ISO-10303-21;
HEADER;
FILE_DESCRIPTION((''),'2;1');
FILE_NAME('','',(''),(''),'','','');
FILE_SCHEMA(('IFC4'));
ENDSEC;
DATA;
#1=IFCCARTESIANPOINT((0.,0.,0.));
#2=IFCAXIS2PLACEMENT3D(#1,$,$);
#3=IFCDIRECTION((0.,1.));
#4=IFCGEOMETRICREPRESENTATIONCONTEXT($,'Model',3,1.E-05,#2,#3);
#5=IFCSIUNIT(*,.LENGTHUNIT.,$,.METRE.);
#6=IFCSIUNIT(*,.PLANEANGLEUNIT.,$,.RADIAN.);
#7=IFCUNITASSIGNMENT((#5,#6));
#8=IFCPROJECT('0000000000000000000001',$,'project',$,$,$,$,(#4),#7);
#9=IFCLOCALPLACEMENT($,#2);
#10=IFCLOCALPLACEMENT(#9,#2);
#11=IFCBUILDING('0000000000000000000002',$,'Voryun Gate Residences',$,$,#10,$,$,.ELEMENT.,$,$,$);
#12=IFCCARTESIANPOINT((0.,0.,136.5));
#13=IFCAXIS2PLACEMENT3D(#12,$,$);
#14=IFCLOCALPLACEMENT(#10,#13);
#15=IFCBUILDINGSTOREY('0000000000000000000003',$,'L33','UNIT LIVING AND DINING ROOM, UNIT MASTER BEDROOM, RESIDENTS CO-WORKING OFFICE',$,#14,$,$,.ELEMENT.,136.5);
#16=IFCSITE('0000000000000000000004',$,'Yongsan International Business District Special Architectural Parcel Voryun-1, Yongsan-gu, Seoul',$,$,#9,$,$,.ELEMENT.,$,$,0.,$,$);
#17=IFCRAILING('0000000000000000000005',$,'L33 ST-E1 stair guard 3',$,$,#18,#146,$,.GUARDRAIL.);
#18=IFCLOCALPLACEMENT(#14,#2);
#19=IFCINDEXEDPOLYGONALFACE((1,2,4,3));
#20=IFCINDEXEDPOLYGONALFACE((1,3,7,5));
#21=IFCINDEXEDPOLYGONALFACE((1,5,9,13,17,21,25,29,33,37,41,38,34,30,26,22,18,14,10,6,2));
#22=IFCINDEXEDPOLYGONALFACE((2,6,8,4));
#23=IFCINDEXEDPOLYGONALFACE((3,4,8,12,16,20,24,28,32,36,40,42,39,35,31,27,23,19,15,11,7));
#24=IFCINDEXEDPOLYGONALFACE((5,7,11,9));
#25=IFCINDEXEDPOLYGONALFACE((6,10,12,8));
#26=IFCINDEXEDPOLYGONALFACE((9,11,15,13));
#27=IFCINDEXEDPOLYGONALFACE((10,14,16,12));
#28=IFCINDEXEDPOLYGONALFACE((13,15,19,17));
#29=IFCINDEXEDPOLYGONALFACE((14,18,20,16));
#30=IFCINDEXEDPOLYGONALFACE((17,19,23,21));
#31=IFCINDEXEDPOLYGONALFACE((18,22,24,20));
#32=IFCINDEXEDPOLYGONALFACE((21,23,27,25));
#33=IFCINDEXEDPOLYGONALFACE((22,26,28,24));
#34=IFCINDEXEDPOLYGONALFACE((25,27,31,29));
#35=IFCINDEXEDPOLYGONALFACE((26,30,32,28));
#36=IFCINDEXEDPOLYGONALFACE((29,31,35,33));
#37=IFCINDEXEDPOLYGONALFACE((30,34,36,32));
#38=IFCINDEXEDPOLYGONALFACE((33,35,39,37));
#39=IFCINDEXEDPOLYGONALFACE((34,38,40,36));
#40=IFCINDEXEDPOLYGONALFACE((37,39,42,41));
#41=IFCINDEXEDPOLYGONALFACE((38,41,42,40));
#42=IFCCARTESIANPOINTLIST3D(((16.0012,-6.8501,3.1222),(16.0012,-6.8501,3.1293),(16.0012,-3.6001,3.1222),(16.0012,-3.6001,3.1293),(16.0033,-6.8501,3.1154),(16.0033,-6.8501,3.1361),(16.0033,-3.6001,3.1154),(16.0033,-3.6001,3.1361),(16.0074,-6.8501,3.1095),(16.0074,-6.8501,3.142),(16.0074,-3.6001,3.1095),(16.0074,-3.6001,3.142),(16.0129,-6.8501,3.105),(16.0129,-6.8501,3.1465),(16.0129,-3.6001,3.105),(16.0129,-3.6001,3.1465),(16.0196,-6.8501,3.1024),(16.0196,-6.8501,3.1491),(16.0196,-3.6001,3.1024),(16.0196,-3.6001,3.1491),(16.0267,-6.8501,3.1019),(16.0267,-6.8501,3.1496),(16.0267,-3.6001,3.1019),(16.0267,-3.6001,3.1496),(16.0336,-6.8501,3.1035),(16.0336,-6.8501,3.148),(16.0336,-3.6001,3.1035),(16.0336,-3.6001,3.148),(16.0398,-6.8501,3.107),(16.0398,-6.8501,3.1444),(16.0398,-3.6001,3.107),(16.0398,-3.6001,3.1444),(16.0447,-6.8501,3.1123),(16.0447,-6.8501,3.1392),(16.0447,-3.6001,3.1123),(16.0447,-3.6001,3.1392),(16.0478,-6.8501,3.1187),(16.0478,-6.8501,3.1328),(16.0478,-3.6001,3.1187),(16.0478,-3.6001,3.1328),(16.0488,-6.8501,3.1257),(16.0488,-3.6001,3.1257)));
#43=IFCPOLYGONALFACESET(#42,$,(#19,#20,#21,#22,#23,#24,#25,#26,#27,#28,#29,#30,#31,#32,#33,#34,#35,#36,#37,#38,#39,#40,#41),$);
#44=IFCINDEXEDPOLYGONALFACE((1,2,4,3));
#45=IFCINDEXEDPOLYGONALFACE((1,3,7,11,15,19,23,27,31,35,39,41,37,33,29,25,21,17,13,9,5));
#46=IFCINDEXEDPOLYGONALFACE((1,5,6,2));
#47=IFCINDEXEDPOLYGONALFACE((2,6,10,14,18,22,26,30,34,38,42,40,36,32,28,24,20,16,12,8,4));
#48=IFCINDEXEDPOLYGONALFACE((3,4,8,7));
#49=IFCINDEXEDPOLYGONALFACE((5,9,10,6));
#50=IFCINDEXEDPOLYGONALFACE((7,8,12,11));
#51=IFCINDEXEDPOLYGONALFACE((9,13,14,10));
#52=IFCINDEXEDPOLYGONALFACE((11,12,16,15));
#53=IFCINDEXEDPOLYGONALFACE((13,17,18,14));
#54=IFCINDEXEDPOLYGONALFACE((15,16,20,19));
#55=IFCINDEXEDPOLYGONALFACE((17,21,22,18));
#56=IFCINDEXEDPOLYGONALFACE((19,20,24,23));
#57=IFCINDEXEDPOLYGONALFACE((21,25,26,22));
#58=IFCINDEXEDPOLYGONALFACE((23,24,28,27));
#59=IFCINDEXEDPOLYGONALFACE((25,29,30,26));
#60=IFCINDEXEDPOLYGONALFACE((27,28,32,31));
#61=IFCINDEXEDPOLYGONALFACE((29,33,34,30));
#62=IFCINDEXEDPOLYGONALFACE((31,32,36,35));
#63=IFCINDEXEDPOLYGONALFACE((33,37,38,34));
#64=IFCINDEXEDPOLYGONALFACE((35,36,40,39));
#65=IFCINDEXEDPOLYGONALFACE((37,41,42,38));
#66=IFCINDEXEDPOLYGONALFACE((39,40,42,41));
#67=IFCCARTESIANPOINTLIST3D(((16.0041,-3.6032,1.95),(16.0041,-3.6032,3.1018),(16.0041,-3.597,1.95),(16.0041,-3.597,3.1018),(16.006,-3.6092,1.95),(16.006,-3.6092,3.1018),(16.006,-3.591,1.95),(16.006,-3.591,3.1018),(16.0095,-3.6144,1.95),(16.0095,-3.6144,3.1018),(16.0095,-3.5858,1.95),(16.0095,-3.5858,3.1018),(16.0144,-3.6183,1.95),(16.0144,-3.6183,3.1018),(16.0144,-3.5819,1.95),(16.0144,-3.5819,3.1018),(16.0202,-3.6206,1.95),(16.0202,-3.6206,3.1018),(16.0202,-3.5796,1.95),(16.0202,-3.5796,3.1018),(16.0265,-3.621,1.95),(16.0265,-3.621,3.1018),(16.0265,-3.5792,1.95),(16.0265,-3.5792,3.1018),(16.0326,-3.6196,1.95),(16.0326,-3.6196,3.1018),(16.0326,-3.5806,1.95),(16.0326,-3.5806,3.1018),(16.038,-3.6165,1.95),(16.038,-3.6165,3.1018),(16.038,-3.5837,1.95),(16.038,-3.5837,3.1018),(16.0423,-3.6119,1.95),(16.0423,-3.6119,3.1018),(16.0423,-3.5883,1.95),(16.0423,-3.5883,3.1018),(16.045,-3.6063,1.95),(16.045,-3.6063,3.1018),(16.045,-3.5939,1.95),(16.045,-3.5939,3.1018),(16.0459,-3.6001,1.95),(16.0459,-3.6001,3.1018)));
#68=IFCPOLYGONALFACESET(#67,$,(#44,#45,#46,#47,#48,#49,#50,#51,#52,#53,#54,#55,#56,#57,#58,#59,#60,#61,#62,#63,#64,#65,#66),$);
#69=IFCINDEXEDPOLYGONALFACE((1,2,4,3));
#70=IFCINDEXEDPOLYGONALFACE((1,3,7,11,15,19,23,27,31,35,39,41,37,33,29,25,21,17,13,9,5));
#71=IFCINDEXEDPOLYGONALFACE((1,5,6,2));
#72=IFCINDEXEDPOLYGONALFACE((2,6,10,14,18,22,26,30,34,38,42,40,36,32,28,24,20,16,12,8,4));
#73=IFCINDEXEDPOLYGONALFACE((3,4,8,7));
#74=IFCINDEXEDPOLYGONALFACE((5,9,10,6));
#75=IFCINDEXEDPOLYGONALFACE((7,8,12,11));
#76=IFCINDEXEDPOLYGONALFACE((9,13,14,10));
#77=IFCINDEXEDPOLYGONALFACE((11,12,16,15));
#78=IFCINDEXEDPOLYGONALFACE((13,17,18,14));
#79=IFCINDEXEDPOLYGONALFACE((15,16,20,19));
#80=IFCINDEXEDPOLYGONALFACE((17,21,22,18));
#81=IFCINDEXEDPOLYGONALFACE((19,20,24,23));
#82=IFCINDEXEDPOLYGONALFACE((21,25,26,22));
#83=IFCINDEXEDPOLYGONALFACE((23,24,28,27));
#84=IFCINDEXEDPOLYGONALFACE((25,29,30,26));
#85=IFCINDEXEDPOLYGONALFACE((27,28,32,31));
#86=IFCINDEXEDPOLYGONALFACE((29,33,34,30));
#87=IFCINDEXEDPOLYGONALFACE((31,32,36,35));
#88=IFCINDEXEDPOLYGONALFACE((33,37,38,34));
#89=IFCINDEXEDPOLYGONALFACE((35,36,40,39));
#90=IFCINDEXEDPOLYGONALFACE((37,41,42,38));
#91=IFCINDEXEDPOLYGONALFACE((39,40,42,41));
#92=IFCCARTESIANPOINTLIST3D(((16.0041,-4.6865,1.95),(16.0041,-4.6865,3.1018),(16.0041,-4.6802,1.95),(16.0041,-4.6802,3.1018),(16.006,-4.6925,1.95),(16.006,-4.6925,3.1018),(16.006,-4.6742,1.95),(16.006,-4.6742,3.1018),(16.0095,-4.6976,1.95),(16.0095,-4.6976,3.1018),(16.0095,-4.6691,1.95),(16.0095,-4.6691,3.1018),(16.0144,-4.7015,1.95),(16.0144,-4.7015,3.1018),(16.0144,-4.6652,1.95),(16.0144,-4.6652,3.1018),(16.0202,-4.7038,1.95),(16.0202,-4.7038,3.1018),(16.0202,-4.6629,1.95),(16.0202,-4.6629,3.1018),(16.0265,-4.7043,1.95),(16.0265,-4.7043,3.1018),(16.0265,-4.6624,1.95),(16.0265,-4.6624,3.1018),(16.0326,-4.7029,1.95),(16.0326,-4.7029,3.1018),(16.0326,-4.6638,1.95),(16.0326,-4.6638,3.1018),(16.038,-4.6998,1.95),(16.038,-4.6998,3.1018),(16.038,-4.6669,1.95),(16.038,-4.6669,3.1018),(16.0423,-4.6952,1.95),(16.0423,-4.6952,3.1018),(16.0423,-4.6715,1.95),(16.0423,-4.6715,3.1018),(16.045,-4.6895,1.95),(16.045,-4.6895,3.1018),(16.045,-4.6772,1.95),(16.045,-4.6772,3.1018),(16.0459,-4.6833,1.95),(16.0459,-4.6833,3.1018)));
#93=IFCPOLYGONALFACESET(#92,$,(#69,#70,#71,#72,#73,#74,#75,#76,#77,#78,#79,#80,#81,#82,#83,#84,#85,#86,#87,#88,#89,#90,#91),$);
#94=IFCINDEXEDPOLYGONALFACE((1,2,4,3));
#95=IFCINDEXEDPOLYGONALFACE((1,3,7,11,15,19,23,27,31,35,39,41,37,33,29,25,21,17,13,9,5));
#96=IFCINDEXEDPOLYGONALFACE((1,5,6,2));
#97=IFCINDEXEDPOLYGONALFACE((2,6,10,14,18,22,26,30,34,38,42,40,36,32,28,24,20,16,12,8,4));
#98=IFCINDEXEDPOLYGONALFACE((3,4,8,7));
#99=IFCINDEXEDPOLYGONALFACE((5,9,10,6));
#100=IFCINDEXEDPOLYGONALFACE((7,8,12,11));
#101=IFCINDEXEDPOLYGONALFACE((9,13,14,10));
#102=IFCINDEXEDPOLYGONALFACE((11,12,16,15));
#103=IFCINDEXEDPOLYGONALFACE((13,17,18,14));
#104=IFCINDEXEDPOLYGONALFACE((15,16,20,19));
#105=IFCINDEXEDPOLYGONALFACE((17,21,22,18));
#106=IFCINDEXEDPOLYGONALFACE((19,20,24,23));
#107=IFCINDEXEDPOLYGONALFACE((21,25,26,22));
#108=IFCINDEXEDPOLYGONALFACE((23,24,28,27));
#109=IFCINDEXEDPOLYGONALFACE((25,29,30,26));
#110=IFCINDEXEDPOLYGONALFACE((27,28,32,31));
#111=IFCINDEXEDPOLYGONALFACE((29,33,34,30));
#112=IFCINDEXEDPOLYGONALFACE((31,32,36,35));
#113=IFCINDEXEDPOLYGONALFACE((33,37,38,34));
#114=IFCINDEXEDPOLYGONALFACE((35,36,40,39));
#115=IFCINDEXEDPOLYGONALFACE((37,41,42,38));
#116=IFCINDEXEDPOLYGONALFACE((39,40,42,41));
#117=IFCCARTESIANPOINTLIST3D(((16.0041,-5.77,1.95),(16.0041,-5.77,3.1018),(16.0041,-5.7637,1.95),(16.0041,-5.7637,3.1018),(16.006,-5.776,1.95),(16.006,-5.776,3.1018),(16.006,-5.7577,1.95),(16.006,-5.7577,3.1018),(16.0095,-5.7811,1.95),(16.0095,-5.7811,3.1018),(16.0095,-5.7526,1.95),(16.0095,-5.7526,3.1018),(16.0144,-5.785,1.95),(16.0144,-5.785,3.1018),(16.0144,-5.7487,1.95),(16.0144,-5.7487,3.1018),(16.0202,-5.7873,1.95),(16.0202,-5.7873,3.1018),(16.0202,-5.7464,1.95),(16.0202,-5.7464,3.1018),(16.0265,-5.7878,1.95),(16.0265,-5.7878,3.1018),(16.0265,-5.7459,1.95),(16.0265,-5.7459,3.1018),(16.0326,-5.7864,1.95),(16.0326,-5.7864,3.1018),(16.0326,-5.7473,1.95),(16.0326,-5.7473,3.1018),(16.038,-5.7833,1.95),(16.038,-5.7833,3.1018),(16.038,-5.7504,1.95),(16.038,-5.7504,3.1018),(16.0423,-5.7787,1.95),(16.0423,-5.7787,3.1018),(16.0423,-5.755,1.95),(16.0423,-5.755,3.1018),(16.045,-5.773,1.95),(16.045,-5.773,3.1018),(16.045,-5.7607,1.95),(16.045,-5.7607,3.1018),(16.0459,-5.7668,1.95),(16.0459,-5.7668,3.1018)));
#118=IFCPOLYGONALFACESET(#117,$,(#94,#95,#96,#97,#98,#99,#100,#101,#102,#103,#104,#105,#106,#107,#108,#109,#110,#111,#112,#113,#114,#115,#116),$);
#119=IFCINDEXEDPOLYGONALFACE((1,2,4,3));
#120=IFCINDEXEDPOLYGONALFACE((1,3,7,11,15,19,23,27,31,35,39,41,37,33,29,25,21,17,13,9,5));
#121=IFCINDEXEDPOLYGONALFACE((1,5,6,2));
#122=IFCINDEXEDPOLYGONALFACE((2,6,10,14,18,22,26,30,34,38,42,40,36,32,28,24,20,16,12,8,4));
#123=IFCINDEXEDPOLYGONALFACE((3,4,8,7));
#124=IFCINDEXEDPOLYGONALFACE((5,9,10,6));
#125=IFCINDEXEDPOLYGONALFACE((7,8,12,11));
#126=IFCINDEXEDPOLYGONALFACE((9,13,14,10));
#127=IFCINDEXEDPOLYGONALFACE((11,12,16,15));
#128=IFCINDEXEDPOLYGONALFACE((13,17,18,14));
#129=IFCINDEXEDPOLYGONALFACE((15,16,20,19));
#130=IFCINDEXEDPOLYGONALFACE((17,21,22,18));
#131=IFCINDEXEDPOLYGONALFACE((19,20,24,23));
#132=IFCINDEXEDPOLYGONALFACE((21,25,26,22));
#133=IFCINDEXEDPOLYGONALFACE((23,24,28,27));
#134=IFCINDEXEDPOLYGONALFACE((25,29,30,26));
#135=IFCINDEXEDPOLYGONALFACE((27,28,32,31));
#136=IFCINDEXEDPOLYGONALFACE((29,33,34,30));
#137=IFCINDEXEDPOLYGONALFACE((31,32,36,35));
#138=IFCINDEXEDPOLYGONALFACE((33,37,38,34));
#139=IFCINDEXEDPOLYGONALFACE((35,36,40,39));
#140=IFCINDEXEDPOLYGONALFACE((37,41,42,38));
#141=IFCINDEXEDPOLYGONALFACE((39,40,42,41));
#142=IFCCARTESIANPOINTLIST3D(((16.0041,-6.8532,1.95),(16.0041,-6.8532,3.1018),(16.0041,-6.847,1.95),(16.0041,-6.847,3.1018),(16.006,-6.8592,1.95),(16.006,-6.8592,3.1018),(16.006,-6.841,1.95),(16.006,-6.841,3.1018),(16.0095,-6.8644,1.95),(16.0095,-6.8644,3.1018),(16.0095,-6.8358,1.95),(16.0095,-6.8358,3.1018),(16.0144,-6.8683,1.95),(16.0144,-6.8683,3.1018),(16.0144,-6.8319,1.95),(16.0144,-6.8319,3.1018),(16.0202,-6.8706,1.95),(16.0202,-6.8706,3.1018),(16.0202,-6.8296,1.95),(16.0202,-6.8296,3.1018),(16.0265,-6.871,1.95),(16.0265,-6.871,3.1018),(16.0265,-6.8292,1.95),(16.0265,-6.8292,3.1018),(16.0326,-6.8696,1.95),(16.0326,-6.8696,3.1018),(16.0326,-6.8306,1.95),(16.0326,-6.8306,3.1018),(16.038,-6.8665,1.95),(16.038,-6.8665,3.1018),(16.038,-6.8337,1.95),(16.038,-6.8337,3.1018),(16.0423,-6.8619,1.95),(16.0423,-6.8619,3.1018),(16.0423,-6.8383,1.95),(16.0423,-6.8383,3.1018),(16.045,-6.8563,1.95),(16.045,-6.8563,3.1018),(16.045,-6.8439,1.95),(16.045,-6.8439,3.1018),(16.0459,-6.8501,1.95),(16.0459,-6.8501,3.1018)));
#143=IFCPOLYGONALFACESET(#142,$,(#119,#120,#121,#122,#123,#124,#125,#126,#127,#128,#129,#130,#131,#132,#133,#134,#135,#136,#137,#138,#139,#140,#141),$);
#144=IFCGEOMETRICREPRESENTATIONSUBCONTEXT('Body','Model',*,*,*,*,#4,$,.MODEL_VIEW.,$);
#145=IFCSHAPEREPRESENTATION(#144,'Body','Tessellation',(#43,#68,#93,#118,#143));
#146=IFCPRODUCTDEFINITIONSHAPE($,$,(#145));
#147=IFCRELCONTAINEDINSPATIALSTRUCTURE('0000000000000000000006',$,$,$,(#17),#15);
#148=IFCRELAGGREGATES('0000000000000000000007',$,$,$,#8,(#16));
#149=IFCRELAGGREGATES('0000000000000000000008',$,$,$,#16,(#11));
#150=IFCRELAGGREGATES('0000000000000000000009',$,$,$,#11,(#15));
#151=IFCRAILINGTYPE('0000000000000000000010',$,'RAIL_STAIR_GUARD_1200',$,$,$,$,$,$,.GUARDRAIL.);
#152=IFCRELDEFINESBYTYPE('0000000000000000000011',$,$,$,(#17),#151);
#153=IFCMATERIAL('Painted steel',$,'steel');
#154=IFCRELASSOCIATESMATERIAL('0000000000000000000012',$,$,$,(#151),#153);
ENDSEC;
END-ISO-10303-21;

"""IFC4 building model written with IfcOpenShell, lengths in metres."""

from ifc_helpers import new_model, si_unit, direction, frame, origin, origin_2d, place, context, subcontext, project, spatial, circle, extrude, material, type_object, element, save


model = new_model("IFC4")

# Units and contexts
model_context = context("Model", 3, precision=1e-05, world=origin(), true_north=direction((0.0, 1.0)))
body_context = subcontext(model_context, "Body", "Model", "MODEL_VIEW")
ifc_project = project(units=[si_unit("LENGTHUNIT", "METRE"), si_unit("PLANEANGLEUNIT", "RADIAN")], contexts=[model_context])

# Site, building, storey
site_placement = place(None, origin())
site = spatial("IfcSite", under=ifc_project, at=site_placement, Name="Yongsan International Business District Special Architectural Parcel Voryun-1, Yongsan-gu, Seoul", CompositionType="ELEMENT", RefElevation=0.0)
building_placement = place(site_placement, origin())
building = spatial("IfcBuilding", under=site, at=building_placement, Name="Voryun Gate Residences", CompositionType="ELEMENT")
storey_placement = place(building_placement, frame((0.0, 0.0, 136.5)))
storey = spatial("IfcBuildingStorey", under=building, at=storey_placement, Name="L33", Description="UNIT LIVING AND DINING ROOM, UNIT MASTER BEDROOM, RESIDENTS CO-WORKING OFFICE", CompositionType="ELEMENT", Elevation=136.5)

# Railing
ifc_material_1 = material(Name="Painted steel", Category="steel")
railing_type_1 = type_object("IfcRailingType", Name="RAIL_STAIR_GUARD_1200", PredefinedType="GUARDRAIL", material=ifc_material_1)
railing_1_placement = place(storey_placement, frame((16.0249, -3.6001, 1.95)))
element("IfcRailing", 1, at=railing_1_placement, inside=storey, type_object=railing_type_1, Name="L33 ST-E1 stair guard 3", PredefinedType="GUARDRAIL", context=body_context, shape_type="SweptSolid", body=[
    extrude(circle(Radius=0.0239, at=origin_2d()), frame((0.0, 0.0, 1.1758), z_axis=(0.0, -1.0, 0.0), x_axis=(1.0, 0.0, 0.0)), (0.0, 0.0, 1.0), 3.25),
    extrude(circle(Radius=0.021, at=origin_2d()), origin(), (0.0, 0.0, 1.0), 1.1519),
    extrude(circle(Radius=0.021, at=origin_2d()), frame((0.0, -1.0833, 0.0)), (0.0, 0.0, 1.0), 1.1519),
    extrude(circle(Radius=0.021, at=origin_2d()), frame((0.0, -2.1667, 0.0)), (0.0, 0.0, 1.0), 1.1519),
    extrude(circle(Radius=0.021, at=origin_2d()), frame((0.0, -3.25, 0.0)), (0.0, 0.0, 1.0), 1.1519),
])

save(model, "model.ifc")
